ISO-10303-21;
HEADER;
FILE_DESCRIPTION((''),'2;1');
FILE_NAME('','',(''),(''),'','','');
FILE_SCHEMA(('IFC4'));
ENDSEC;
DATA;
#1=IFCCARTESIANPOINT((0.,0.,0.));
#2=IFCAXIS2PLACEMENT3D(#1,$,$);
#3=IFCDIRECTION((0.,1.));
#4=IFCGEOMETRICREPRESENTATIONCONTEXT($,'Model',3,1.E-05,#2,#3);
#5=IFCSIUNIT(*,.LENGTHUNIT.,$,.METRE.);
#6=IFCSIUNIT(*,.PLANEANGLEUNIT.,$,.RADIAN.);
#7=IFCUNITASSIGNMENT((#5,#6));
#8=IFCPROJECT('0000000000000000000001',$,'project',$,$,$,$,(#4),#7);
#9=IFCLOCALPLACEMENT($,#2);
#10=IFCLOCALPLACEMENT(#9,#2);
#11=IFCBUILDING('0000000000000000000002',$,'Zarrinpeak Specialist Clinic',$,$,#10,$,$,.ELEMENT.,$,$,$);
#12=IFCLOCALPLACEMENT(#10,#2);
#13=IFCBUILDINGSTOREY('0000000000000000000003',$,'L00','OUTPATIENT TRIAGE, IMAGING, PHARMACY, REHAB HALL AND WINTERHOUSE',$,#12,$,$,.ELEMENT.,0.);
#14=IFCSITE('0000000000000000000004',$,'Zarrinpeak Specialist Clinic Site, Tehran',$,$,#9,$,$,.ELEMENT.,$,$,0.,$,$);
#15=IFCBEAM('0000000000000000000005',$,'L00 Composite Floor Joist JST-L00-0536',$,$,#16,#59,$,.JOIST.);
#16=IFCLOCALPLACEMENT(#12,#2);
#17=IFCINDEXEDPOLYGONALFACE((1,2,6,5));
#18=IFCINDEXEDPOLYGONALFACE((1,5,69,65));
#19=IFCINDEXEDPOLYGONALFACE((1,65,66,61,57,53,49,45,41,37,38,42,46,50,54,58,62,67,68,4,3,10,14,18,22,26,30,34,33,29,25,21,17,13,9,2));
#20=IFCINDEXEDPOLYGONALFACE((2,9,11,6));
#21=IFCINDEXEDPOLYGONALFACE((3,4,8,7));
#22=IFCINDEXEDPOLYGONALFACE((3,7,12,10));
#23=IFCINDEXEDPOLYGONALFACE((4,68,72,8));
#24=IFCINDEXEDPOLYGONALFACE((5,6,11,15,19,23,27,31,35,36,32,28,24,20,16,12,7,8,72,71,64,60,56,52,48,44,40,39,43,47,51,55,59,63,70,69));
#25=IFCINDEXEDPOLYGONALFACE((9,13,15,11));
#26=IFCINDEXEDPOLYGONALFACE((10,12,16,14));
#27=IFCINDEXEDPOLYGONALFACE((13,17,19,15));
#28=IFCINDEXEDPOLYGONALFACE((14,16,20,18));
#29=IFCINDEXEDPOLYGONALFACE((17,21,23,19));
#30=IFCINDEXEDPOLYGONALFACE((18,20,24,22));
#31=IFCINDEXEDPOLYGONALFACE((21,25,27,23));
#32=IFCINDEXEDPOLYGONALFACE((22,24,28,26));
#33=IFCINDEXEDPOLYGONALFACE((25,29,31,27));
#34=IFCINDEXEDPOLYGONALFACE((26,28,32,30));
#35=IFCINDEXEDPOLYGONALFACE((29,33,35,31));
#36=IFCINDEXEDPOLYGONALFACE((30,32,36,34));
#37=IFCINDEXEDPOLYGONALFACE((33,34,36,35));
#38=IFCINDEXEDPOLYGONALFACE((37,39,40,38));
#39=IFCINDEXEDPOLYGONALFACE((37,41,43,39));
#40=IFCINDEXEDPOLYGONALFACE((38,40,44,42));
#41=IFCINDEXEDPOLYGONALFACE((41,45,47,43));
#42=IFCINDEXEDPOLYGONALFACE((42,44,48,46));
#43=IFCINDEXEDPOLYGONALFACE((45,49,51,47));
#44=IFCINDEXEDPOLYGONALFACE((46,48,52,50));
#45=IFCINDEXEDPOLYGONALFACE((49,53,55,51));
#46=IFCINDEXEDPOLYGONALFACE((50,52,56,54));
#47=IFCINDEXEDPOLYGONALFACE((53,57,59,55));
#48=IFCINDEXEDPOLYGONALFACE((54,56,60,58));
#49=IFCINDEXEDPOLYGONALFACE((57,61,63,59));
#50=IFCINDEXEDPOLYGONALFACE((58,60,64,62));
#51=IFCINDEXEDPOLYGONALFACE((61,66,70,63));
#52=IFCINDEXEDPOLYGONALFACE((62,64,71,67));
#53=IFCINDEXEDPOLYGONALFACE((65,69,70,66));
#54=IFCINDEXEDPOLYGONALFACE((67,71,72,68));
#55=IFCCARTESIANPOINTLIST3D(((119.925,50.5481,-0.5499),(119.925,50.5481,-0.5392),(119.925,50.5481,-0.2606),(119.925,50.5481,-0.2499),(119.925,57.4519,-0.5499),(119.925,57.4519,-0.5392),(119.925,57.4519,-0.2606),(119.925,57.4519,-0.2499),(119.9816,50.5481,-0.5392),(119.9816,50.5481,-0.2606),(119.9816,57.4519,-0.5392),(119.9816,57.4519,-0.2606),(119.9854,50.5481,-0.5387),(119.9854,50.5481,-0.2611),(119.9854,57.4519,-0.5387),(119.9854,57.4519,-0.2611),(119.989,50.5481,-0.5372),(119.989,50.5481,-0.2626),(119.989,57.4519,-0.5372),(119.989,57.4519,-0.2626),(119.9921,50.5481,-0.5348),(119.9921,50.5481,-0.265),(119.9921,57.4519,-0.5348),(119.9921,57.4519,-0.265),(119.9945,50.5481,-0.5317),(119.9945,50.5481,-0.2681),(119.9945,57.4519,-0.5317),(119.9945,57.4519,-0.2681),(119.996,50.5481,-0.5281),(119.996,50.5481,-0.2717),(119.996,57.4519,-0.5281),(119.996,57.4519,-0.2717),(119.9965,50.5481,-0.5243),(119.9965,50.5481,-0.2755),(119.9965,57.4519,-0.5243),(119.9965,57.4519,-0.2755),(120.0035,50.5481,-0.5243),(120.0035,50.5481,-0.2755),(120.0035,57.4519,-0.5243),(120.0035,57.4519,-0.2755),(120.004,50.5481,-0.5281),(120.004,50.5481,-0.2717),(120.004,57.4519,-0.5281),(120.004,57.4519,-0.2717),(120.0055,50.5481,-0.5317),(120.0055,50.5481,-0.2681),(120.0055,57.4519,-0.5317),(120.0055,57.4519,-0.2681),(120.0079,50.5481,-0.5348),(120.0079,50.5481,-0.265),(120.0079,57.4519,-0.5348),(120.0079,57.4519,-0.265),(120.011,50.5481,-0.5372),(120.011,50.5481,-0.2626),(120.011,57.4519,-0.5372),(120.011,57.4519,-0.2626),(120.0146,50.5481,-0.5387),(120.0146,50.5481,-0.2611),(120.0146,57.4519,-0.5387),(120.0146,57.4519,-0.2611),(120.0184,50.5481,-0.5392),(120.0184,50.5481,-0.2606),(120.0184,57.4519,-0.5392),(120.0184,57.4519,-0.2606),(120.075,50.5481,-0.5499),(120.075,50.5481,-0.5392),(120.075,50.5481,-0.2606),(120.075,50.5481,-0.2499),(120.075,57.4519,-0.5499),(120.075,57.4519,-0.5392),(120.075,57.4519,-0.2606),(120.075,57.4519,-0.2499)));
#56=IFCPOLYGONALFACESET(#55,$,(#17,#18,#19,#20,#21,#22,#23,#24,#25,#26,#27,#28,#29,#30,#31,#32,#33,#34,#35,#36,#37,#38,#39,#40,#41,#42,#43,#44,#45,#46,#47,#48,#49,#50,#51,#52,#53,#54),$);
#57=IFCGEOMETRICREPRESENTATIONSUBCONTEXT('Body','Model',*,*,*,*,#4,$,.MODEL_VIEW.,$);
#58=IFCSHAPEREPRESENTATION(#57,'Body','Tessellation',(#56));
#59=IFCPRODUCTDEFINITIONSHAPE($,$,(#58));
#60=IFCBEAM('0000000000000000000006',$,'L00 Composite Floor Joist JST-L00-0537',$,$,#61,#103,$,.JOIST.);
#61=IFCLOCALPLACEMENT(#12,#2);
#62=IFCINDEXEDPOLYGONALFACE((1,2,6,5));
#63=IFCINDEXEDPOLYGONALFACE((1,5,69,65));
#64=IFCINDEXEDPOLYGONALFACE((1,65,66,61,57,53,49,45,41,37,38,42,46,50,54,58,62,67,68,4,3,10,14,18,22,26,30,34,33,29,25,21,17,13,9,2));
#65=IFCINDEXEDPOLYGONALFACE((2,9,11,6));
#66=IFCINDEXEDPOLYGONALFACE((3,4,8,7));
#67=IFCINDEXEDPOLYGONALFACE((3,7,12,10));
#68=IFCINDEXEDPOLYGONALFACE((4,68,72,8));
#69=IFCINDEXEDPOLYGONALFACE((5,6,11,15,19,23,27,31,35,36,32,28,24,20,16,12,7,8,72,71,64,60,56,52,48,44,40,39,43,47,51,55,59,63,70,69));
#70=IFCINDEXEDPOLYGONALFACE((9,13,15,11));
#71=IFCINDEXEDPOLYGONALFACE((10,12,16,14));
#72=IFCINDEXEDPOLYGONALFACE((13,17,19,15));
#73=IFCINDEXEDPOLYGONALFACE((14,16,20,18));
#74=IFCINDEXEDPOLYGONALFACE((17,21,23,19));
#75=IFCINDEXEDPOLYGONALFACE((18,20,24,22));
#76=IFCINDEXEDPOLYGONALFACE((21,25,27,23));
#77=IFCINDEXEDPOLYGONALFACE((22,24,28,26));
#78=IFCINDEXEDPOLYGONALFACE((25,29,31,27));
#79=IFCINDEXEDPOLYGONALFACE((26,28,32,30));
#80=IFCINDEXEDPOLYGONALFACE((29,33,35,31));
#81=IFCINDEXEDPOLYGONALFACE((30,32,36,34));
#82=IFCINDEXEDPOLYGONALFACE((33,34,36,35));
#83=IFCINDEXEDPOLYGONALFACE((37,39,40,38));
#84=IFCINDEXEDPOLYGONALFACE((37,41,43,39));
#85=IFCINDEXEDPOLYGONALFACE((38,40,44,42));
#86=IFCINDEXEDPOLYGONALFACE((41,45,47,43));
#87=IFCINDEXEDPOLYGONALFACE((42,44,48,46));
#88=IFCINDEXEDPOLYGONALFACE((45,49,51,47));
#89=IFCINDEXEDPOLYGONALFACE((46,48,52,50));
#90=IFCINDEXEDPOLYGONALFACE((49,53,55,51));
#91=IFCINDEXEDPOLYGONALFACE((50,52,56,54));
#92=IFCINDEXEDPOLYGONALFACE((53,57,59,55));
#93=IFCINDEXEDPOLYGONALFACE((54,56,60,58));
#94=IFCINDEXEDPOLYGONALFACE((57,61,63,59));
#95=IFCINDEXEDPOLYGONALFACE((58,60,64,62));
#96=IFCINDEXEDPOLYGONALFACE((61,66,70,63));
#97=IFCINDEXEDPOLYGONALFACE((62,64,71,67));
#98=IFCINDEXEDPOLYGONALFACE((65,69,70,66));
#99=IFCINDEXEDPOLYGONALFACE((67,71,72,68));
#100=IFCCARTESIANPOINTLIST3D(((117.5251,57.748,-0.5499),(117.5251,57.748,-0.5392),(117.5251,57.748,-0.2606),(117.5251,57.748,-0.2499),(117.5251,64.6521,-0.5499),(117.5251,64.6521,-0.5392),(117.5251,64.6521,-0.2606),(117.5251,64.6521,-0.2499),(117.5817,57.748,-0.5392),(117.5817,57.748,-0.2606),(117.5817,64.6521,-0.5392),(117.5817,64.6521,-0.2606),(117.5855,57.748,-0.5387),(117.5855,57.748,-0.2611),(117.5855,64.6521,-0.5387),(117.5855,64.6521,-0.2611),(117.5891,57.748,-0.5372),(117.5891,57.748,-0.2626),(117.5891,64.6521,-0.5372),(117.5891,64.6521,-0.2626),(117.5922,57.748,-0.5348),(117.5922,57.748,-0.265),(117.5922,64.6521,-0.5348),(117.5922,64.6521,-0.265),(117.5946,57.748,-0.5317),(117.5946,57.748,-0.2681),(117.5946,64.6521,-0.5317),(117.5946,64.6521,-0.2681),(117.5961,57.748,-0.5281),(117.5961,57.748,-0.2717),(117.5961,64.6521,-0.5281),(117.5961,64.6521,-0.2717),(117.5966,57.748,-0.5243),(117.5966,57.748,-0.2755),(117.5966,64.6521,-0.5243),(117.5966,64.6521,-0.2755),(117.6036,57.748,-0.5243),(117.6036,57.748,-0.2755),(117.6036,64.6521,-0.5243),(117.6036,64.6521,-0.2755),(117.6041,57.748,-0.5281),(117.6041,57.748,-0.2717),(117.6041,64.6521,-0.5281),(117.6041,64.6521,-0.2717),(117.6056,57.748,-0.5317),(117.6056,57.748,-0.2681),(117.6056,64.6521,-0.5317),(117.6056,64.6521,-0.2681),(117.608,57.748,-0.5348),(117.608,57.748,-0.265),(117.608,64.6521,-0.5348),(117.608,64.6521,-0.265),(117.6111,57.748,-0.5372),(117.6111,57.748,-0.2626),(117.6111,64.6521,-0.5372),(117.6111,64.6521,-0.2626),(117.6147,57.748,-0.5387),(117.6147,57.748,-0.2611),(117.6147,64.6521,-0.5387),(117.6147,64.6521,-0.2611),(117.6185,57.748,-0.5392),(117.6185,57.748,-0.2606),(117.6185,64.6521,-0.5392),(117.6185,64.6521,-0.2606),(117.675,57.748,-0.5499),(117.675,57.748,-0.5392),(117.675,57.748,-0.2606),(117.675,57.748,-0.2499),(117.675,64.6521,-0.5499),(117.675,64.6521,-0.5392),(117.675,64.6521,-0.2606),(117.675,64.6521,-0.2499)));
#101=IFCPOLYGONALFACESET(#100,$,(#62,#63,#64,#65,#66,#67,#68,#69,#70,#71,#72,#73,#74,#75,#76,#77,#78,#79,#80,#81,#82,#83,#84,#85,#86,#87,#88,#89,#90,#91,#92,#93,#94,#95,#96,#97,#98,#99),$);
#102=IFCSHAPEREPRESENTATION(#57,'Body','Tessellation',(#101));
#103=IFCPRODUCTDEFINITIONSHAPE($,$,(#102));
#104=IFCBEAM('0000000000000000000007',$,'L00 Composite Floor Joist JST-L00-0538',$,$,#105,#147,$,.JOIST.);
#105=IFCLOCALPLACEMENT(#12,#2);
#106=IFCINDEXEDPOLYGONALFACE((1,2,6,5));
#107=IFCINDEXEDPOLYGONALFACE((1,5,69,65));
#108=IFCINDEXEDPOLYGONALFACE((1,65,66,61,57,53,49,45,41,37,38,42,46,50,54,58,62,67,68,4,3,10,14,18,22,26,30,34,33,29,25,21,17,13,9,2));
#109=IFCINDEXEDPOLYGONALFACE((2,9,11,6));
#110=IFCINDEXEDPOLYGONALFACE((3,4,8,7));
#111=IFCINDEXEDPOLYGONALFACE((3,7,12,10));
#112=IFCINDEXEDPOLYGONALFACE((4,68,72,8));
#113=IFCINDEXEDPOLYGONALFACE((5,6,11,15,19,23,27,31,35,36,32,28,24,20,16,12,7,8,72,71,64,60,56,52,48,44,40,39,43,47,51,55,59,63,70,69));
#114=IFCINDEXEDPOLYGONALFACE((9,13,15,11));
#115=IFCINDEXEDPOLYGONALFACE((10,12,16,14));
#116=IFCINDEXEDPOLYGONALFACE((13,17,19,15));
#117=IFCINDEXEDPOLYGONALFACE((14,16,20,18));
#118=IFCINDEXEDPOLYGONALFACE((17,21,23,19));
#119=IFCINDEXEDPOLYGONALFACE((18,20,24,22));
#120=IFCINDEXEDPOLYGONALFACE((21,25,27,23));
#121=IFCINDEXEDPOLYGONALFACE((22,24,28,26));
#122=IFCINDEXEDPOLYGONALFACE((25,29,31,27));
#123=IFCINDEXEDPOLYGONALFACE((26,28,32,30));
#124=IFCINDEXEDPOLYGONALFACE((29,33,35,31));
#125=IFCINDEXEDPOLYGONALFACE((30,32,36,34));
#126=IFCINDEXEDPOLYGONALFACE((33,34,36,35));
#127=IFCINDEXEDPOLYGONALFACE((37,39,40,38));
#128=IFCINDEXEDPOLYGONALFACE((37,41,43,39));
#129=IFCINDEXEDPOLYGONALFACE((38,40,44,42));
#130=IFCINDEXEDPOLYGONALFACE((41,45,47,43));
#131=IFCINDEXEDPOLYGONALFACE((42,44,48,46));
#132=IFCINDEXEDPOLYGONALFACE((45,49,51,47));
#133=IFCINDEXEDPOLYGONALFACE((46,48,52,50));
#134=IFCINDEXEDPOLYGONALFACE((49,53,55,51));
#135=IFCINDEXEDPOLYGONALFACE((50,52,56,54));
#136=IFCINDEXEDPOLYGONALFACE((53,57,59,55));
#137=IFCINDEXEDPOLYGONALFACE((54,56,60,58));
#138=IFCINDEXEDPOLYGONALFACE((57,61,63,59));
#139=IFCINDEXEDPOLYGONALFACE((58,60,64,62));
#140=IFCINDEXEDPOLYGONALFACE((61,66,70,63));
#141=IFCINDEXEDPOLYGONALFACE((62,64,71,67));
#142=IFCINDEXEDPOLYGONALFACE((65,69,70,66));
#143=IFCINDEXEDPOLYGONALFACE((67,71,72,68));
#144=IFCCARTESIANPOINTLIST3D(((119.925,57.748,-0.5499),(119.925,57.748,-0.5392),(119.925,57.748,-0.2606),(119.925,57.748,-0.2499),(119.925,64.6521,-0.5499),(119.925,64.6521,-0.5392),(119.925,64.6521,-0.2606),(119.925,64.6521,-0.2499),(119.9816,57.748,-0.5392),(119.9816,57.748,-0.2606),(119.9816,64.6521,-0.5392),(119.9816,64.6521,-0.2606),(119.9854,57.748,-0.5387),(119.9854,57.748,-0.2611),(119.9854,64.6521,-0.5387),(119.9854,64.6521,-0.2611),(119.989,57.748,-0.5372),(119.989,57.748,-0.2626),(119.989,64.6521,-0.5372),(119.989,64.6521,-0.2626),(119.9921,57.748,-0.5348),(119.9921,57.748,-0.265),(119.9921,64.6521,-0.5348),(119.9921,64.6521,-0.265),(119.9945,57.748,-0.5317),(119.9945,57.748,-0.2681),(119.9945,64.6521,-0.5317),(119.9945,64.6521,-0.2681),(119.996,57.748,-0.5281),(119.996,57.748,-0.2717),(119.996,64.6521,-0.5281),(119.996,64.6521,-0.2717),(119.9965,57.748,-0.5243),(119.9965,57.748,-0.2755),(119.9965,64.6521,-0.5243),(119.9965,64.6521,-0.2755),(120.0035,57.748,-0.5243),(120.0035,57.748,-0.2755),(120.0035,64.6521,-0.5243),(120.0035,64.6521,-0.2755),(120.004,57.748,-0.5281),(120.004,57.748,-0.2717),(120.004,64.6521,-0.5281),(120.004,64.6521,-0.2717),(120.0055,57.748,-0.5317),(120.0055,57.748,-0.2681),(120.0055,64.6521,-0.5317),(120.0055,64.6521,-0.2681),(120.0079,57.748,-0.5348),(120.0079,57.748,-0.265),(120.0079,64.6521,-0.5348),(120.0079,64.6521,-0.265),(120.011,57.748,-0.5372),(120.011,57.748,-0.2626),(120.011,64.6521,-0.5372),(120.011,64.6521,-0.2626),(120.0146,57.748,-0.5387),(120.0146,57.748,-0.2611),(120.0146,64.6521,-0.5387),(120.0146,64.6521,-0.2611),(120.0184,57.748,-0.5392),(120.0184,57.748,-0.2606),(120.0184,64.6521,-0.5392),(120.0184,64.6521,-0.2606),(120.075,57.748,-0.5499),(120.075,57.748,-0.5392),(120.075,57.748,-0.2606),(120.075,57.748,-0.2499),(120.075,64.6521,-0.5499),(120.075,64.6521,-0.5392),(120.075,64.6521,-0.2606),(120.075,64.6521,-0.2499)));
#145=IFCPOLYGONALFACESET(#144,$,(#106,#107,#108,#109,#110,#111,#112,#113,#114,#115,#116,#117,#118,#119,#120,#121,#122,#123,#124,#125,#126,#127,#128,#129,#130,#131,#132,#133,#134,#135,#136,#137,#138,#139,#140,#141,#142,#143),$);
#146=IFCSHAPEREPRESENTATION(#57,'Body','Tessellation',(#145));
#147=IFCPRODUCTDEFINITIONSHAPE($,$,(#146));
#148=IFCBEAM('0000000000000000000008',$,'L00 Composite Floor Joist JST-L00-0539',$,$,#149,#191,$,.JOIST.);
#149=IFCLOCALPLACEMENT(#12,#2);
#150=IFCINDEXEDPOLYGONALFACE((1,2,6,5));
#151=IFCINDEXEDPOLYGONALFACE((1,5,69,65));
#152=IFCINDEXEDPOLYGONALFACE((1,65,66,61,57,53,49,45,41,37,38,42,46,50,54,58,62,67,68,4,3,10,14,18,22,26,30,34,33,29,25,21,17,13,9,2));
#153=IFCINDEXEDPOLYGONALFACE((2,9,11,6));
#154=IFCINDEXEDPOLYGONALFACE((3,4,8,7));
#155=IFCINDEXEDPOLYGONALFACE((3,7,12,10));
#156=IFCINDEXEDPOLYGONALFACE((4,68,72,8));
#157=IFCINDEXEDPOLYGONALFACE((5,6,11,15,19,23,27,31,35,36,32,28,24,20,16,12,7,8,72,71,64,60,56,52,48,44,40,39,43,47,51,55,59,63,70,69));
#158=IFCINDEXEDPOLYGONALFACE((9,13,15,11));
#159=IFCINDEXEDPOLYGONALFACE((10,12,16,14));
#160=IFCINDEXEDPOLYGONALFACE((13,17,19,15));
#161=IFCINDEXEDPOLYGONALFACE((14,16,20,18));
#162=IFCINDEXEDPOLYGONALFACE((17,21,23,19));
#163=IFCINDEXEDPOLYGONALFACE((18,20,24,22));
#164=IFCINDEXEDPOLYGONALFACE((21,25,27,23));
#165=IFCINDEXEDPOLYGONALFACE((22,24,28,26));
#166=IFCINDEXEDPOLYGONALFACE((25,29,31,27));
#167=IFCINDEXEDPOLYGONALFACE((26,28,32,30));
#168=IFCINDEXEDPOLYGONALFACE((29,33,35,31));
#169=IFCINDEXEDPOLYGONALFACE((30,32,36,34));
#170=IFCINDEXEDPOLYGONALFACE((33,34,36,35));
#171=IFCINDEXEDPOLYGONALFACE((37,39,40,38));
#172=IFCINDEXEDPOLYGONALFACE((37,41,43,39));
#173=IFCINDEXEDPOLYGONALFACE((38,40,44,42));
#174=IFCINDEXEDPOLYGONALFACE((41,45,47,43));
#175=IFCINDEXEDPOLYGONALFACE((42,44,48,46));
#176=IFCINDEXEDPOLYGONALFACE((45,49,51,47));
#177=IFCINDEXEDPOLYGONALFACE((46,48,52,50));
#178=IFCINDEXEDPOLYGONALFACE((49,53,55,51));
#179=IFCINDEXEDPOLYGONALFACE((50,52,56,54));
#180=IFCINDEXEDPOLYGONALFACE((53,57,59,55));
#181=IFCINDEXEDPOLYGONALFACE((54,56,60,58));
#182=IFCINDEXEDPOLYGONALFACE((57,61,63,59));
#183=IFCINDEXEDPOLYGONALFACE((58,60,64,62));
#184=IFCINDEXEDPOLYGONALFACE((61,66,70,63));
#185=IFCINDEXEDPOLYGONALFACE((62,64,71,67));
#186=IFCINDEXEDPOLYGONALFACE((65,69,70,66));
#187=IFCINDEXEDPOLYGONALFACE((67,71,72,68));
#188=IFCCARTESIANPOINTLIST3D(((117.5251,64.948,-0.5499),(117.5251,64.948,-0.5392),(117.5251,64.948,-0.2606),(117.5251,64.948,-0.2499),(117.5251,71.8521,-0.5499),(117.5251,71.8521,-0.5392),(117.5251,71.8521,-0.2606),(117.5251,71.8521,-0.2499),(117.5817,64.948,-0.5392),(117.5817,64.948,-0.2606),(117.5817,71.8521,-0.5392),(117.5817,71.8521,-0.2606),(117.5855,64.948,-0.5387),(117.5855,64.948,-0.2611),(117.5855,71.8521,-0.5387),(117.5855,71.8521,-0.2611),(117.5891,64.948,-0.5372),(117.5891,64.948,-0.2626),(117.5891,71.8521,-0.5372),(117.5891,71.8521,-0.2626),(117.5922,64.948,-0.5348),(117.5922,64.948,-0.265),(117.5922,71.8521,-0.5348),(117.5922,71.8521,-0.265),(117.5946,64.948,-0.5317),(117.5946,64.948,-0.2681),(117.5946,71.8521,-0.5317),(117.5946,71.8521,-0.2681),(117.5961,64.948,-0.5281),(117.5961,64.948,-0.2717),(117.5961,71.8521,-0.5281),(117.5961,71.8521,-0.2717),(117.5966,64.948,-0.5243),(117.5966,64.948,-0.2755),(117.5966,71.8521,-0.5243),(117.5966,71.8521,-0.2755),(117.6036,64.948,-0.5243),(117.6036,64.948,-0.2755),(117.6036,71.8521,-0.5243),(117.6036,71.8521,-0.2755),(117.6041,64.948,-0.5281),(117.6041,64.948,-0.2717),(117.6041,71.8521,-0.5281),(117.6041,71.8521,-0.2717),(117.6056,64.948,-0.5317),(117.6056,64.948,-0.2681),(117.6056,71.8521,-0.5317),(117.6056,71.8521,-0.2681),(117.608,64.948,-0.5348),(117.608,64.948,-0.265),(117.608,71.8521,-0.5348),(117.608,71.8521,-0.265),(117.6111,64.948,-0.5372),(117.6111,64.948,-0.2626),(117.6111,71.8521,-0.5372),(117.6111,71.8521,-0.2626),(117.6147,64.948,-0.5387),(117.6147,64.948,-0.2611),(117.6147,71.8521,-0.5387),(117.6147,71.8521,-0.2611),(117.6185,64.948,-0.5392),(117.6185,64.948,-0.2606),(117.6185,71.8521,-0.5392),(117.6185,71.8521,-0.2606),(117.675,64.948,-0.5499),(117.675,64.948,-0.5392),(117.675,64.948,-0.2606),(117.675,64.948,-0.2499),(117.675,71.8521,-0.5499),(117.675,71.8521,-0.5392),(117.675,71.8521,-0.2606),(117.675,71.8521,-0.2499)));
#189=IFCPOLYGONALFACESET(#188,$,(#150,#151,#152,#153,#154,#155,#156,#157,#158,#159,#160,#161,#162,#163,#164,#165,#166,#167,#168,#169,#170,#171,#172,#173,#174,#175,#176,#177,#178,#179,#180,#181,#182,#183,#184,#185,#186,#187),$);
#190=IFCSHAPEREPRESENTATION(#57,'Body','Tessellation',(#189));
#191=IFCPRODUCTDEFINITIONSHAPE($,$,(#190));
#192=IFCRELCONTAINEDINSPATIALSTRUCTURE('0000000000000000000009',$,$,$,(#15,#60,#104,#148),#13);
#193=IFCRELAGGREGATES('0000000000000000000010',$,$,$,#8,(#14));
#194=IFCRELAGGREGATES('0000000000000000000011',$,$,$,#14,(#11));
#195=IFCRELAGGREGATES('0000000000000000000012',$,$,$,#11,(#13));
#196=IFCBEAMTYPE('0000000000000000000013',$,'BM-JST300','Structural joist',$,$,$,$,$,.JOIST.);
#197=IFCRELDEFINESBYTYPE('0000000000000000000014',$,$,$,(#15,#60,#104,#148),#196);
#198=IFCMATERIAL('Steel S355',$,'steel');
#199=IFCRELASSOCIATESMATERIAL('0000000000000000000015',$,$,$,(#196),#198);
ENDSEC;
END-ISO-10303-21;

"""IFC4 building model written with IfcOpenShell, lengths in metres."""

from ifc_helpers import new_model, si_unit, direction, frame, origin, origin_2d, place, context, subcontext, project, spatial, i_section, extrude, material, material_profile, profile_set, type_object, element, save


model = new_model("IFC4")

# Units and contexts
model_context = context("Model", 3, precision=1e-05, world=origin(), true_north=direction((0.0, 1.0)))
body_context = subcontext(model_context, "Body", "Model", "MODEL_VIEW")
ifc_project = project(units=[si_unit("LENGTHUNIT", "METRE"), si_unit("PLANEANGLEUNIT", "RADIAN")], contexts=[model_context])

# Site, building, storey
site_placement = place(None, origin())
site = spatial("IfcSite", under=ifc_project, at=site_placement, Name="Zarrinpeak Specialist Clinic Site, Tehran", CompositionType="ELEMENT", RefElevation=0.0)
building_placement = place(site_placement, origin())
building = spatial("IfcBuilding", under=site, at=building_placement, Name="Zarrinpeak Specialist Clinic", CompositionType="ELEMENT")
storey_placement = place(building_placement, origin())
storey = spatial("IfcBuildingStorey", under=building, at=storey_placement, Name="L00", Description="OUTPATIENT TRIAGE, IMAGING, PHARMACY, REHAB HALL AND WINTERHOUSE", CompositionType="ELEMENT", Elevation=0.0)

# Shared definitions
ifc_material_1 = material(Name="Steel S355", Category="steel")

# Beams
ifc_material_profile_1 = material_profile(ifc_material_1, i_section(OverallWidth=0.1499, OverallDepth=0.3, WebThickness=0.0071, FlangeThickness=0.0107, FilletRadius=0.0149, at=origin_2d()), Name="IPE 300")
ifc_profile_set_1 = profile_set([ifc_material_profile_1], Name="Steel S355")
beam_type_1 = type_object("IfcBeamType", Name="BM-JST300", Description="Structural joist", PredefinedType="JOIST", material=ifc_profile_set_1)
for number, where, z_axis, x_axis, name in (
    (1, (120.0, 50.5481, -0.3999), (0.0, 1.0, 0.0), (-1.0, 0.0, 0.0), "L00 Composite Floor Joist JST-L00-0536"),
):
    element("IfcBeam", number, at=place(storey_placement, frame(where, z_axis=z_axis, x_axis=x_axis)), inside=storey, type_object=beam_type_1, Name=name, PredefinedType="JOIST", context=body_context, shape_type="SweptSolid", body=[
        extrude(i_section(OverallWidth=0.1499, OverallDepth=0.3, WebThickness=0.0071, FlangeThickness=0.0107, FilletRadius=0.0149, at=origin_2d()), origin(), (0.0, 0.0, 1.0), 6.9038),
    ])
for number, where, z_axis, x_axis, name in (
    (2, (117.6001, 57.748, -0.3999), (0.0, 1.0, 0.0), (-1.0, 0.0, 0.0), "L00 Composite Floor Joist JST-L00-0537"),
    (3, (120.0, 57.748, -0.3999), (0.0, 1.0, 0.0), (-1.0, 0.0, 0.0), "L00 Composite Floor Joist JST-L00-0538"),
    (4, (117.6001, 64.948, -0.3999), (0.0, 1.0, 0.0), (-1.0, 0.0, 0.0), "L00 Composite Floor Joist JST-L00-0539"),
):
    element("IfcBeam", number, at=place(storey_placement, frame(where, z_axis=z_axis, x_axis=x_axis)), inside=storey, type_object=beam_type_1, Name=name, PredefinedType="JOIST", context=body_context, shape_type="SweptSolid", body=[
        extrude(i_section(OverallWidth=0.1499, OverallDepth=0.3, WebThickness=0.0071, FlangeThickness=0.0107, FilletRadius=0.0149, at=origin_2d()), origin(), (0.0, 0.0, 1.0), 6.9041),
    ])

save(model, "model.ifc")
